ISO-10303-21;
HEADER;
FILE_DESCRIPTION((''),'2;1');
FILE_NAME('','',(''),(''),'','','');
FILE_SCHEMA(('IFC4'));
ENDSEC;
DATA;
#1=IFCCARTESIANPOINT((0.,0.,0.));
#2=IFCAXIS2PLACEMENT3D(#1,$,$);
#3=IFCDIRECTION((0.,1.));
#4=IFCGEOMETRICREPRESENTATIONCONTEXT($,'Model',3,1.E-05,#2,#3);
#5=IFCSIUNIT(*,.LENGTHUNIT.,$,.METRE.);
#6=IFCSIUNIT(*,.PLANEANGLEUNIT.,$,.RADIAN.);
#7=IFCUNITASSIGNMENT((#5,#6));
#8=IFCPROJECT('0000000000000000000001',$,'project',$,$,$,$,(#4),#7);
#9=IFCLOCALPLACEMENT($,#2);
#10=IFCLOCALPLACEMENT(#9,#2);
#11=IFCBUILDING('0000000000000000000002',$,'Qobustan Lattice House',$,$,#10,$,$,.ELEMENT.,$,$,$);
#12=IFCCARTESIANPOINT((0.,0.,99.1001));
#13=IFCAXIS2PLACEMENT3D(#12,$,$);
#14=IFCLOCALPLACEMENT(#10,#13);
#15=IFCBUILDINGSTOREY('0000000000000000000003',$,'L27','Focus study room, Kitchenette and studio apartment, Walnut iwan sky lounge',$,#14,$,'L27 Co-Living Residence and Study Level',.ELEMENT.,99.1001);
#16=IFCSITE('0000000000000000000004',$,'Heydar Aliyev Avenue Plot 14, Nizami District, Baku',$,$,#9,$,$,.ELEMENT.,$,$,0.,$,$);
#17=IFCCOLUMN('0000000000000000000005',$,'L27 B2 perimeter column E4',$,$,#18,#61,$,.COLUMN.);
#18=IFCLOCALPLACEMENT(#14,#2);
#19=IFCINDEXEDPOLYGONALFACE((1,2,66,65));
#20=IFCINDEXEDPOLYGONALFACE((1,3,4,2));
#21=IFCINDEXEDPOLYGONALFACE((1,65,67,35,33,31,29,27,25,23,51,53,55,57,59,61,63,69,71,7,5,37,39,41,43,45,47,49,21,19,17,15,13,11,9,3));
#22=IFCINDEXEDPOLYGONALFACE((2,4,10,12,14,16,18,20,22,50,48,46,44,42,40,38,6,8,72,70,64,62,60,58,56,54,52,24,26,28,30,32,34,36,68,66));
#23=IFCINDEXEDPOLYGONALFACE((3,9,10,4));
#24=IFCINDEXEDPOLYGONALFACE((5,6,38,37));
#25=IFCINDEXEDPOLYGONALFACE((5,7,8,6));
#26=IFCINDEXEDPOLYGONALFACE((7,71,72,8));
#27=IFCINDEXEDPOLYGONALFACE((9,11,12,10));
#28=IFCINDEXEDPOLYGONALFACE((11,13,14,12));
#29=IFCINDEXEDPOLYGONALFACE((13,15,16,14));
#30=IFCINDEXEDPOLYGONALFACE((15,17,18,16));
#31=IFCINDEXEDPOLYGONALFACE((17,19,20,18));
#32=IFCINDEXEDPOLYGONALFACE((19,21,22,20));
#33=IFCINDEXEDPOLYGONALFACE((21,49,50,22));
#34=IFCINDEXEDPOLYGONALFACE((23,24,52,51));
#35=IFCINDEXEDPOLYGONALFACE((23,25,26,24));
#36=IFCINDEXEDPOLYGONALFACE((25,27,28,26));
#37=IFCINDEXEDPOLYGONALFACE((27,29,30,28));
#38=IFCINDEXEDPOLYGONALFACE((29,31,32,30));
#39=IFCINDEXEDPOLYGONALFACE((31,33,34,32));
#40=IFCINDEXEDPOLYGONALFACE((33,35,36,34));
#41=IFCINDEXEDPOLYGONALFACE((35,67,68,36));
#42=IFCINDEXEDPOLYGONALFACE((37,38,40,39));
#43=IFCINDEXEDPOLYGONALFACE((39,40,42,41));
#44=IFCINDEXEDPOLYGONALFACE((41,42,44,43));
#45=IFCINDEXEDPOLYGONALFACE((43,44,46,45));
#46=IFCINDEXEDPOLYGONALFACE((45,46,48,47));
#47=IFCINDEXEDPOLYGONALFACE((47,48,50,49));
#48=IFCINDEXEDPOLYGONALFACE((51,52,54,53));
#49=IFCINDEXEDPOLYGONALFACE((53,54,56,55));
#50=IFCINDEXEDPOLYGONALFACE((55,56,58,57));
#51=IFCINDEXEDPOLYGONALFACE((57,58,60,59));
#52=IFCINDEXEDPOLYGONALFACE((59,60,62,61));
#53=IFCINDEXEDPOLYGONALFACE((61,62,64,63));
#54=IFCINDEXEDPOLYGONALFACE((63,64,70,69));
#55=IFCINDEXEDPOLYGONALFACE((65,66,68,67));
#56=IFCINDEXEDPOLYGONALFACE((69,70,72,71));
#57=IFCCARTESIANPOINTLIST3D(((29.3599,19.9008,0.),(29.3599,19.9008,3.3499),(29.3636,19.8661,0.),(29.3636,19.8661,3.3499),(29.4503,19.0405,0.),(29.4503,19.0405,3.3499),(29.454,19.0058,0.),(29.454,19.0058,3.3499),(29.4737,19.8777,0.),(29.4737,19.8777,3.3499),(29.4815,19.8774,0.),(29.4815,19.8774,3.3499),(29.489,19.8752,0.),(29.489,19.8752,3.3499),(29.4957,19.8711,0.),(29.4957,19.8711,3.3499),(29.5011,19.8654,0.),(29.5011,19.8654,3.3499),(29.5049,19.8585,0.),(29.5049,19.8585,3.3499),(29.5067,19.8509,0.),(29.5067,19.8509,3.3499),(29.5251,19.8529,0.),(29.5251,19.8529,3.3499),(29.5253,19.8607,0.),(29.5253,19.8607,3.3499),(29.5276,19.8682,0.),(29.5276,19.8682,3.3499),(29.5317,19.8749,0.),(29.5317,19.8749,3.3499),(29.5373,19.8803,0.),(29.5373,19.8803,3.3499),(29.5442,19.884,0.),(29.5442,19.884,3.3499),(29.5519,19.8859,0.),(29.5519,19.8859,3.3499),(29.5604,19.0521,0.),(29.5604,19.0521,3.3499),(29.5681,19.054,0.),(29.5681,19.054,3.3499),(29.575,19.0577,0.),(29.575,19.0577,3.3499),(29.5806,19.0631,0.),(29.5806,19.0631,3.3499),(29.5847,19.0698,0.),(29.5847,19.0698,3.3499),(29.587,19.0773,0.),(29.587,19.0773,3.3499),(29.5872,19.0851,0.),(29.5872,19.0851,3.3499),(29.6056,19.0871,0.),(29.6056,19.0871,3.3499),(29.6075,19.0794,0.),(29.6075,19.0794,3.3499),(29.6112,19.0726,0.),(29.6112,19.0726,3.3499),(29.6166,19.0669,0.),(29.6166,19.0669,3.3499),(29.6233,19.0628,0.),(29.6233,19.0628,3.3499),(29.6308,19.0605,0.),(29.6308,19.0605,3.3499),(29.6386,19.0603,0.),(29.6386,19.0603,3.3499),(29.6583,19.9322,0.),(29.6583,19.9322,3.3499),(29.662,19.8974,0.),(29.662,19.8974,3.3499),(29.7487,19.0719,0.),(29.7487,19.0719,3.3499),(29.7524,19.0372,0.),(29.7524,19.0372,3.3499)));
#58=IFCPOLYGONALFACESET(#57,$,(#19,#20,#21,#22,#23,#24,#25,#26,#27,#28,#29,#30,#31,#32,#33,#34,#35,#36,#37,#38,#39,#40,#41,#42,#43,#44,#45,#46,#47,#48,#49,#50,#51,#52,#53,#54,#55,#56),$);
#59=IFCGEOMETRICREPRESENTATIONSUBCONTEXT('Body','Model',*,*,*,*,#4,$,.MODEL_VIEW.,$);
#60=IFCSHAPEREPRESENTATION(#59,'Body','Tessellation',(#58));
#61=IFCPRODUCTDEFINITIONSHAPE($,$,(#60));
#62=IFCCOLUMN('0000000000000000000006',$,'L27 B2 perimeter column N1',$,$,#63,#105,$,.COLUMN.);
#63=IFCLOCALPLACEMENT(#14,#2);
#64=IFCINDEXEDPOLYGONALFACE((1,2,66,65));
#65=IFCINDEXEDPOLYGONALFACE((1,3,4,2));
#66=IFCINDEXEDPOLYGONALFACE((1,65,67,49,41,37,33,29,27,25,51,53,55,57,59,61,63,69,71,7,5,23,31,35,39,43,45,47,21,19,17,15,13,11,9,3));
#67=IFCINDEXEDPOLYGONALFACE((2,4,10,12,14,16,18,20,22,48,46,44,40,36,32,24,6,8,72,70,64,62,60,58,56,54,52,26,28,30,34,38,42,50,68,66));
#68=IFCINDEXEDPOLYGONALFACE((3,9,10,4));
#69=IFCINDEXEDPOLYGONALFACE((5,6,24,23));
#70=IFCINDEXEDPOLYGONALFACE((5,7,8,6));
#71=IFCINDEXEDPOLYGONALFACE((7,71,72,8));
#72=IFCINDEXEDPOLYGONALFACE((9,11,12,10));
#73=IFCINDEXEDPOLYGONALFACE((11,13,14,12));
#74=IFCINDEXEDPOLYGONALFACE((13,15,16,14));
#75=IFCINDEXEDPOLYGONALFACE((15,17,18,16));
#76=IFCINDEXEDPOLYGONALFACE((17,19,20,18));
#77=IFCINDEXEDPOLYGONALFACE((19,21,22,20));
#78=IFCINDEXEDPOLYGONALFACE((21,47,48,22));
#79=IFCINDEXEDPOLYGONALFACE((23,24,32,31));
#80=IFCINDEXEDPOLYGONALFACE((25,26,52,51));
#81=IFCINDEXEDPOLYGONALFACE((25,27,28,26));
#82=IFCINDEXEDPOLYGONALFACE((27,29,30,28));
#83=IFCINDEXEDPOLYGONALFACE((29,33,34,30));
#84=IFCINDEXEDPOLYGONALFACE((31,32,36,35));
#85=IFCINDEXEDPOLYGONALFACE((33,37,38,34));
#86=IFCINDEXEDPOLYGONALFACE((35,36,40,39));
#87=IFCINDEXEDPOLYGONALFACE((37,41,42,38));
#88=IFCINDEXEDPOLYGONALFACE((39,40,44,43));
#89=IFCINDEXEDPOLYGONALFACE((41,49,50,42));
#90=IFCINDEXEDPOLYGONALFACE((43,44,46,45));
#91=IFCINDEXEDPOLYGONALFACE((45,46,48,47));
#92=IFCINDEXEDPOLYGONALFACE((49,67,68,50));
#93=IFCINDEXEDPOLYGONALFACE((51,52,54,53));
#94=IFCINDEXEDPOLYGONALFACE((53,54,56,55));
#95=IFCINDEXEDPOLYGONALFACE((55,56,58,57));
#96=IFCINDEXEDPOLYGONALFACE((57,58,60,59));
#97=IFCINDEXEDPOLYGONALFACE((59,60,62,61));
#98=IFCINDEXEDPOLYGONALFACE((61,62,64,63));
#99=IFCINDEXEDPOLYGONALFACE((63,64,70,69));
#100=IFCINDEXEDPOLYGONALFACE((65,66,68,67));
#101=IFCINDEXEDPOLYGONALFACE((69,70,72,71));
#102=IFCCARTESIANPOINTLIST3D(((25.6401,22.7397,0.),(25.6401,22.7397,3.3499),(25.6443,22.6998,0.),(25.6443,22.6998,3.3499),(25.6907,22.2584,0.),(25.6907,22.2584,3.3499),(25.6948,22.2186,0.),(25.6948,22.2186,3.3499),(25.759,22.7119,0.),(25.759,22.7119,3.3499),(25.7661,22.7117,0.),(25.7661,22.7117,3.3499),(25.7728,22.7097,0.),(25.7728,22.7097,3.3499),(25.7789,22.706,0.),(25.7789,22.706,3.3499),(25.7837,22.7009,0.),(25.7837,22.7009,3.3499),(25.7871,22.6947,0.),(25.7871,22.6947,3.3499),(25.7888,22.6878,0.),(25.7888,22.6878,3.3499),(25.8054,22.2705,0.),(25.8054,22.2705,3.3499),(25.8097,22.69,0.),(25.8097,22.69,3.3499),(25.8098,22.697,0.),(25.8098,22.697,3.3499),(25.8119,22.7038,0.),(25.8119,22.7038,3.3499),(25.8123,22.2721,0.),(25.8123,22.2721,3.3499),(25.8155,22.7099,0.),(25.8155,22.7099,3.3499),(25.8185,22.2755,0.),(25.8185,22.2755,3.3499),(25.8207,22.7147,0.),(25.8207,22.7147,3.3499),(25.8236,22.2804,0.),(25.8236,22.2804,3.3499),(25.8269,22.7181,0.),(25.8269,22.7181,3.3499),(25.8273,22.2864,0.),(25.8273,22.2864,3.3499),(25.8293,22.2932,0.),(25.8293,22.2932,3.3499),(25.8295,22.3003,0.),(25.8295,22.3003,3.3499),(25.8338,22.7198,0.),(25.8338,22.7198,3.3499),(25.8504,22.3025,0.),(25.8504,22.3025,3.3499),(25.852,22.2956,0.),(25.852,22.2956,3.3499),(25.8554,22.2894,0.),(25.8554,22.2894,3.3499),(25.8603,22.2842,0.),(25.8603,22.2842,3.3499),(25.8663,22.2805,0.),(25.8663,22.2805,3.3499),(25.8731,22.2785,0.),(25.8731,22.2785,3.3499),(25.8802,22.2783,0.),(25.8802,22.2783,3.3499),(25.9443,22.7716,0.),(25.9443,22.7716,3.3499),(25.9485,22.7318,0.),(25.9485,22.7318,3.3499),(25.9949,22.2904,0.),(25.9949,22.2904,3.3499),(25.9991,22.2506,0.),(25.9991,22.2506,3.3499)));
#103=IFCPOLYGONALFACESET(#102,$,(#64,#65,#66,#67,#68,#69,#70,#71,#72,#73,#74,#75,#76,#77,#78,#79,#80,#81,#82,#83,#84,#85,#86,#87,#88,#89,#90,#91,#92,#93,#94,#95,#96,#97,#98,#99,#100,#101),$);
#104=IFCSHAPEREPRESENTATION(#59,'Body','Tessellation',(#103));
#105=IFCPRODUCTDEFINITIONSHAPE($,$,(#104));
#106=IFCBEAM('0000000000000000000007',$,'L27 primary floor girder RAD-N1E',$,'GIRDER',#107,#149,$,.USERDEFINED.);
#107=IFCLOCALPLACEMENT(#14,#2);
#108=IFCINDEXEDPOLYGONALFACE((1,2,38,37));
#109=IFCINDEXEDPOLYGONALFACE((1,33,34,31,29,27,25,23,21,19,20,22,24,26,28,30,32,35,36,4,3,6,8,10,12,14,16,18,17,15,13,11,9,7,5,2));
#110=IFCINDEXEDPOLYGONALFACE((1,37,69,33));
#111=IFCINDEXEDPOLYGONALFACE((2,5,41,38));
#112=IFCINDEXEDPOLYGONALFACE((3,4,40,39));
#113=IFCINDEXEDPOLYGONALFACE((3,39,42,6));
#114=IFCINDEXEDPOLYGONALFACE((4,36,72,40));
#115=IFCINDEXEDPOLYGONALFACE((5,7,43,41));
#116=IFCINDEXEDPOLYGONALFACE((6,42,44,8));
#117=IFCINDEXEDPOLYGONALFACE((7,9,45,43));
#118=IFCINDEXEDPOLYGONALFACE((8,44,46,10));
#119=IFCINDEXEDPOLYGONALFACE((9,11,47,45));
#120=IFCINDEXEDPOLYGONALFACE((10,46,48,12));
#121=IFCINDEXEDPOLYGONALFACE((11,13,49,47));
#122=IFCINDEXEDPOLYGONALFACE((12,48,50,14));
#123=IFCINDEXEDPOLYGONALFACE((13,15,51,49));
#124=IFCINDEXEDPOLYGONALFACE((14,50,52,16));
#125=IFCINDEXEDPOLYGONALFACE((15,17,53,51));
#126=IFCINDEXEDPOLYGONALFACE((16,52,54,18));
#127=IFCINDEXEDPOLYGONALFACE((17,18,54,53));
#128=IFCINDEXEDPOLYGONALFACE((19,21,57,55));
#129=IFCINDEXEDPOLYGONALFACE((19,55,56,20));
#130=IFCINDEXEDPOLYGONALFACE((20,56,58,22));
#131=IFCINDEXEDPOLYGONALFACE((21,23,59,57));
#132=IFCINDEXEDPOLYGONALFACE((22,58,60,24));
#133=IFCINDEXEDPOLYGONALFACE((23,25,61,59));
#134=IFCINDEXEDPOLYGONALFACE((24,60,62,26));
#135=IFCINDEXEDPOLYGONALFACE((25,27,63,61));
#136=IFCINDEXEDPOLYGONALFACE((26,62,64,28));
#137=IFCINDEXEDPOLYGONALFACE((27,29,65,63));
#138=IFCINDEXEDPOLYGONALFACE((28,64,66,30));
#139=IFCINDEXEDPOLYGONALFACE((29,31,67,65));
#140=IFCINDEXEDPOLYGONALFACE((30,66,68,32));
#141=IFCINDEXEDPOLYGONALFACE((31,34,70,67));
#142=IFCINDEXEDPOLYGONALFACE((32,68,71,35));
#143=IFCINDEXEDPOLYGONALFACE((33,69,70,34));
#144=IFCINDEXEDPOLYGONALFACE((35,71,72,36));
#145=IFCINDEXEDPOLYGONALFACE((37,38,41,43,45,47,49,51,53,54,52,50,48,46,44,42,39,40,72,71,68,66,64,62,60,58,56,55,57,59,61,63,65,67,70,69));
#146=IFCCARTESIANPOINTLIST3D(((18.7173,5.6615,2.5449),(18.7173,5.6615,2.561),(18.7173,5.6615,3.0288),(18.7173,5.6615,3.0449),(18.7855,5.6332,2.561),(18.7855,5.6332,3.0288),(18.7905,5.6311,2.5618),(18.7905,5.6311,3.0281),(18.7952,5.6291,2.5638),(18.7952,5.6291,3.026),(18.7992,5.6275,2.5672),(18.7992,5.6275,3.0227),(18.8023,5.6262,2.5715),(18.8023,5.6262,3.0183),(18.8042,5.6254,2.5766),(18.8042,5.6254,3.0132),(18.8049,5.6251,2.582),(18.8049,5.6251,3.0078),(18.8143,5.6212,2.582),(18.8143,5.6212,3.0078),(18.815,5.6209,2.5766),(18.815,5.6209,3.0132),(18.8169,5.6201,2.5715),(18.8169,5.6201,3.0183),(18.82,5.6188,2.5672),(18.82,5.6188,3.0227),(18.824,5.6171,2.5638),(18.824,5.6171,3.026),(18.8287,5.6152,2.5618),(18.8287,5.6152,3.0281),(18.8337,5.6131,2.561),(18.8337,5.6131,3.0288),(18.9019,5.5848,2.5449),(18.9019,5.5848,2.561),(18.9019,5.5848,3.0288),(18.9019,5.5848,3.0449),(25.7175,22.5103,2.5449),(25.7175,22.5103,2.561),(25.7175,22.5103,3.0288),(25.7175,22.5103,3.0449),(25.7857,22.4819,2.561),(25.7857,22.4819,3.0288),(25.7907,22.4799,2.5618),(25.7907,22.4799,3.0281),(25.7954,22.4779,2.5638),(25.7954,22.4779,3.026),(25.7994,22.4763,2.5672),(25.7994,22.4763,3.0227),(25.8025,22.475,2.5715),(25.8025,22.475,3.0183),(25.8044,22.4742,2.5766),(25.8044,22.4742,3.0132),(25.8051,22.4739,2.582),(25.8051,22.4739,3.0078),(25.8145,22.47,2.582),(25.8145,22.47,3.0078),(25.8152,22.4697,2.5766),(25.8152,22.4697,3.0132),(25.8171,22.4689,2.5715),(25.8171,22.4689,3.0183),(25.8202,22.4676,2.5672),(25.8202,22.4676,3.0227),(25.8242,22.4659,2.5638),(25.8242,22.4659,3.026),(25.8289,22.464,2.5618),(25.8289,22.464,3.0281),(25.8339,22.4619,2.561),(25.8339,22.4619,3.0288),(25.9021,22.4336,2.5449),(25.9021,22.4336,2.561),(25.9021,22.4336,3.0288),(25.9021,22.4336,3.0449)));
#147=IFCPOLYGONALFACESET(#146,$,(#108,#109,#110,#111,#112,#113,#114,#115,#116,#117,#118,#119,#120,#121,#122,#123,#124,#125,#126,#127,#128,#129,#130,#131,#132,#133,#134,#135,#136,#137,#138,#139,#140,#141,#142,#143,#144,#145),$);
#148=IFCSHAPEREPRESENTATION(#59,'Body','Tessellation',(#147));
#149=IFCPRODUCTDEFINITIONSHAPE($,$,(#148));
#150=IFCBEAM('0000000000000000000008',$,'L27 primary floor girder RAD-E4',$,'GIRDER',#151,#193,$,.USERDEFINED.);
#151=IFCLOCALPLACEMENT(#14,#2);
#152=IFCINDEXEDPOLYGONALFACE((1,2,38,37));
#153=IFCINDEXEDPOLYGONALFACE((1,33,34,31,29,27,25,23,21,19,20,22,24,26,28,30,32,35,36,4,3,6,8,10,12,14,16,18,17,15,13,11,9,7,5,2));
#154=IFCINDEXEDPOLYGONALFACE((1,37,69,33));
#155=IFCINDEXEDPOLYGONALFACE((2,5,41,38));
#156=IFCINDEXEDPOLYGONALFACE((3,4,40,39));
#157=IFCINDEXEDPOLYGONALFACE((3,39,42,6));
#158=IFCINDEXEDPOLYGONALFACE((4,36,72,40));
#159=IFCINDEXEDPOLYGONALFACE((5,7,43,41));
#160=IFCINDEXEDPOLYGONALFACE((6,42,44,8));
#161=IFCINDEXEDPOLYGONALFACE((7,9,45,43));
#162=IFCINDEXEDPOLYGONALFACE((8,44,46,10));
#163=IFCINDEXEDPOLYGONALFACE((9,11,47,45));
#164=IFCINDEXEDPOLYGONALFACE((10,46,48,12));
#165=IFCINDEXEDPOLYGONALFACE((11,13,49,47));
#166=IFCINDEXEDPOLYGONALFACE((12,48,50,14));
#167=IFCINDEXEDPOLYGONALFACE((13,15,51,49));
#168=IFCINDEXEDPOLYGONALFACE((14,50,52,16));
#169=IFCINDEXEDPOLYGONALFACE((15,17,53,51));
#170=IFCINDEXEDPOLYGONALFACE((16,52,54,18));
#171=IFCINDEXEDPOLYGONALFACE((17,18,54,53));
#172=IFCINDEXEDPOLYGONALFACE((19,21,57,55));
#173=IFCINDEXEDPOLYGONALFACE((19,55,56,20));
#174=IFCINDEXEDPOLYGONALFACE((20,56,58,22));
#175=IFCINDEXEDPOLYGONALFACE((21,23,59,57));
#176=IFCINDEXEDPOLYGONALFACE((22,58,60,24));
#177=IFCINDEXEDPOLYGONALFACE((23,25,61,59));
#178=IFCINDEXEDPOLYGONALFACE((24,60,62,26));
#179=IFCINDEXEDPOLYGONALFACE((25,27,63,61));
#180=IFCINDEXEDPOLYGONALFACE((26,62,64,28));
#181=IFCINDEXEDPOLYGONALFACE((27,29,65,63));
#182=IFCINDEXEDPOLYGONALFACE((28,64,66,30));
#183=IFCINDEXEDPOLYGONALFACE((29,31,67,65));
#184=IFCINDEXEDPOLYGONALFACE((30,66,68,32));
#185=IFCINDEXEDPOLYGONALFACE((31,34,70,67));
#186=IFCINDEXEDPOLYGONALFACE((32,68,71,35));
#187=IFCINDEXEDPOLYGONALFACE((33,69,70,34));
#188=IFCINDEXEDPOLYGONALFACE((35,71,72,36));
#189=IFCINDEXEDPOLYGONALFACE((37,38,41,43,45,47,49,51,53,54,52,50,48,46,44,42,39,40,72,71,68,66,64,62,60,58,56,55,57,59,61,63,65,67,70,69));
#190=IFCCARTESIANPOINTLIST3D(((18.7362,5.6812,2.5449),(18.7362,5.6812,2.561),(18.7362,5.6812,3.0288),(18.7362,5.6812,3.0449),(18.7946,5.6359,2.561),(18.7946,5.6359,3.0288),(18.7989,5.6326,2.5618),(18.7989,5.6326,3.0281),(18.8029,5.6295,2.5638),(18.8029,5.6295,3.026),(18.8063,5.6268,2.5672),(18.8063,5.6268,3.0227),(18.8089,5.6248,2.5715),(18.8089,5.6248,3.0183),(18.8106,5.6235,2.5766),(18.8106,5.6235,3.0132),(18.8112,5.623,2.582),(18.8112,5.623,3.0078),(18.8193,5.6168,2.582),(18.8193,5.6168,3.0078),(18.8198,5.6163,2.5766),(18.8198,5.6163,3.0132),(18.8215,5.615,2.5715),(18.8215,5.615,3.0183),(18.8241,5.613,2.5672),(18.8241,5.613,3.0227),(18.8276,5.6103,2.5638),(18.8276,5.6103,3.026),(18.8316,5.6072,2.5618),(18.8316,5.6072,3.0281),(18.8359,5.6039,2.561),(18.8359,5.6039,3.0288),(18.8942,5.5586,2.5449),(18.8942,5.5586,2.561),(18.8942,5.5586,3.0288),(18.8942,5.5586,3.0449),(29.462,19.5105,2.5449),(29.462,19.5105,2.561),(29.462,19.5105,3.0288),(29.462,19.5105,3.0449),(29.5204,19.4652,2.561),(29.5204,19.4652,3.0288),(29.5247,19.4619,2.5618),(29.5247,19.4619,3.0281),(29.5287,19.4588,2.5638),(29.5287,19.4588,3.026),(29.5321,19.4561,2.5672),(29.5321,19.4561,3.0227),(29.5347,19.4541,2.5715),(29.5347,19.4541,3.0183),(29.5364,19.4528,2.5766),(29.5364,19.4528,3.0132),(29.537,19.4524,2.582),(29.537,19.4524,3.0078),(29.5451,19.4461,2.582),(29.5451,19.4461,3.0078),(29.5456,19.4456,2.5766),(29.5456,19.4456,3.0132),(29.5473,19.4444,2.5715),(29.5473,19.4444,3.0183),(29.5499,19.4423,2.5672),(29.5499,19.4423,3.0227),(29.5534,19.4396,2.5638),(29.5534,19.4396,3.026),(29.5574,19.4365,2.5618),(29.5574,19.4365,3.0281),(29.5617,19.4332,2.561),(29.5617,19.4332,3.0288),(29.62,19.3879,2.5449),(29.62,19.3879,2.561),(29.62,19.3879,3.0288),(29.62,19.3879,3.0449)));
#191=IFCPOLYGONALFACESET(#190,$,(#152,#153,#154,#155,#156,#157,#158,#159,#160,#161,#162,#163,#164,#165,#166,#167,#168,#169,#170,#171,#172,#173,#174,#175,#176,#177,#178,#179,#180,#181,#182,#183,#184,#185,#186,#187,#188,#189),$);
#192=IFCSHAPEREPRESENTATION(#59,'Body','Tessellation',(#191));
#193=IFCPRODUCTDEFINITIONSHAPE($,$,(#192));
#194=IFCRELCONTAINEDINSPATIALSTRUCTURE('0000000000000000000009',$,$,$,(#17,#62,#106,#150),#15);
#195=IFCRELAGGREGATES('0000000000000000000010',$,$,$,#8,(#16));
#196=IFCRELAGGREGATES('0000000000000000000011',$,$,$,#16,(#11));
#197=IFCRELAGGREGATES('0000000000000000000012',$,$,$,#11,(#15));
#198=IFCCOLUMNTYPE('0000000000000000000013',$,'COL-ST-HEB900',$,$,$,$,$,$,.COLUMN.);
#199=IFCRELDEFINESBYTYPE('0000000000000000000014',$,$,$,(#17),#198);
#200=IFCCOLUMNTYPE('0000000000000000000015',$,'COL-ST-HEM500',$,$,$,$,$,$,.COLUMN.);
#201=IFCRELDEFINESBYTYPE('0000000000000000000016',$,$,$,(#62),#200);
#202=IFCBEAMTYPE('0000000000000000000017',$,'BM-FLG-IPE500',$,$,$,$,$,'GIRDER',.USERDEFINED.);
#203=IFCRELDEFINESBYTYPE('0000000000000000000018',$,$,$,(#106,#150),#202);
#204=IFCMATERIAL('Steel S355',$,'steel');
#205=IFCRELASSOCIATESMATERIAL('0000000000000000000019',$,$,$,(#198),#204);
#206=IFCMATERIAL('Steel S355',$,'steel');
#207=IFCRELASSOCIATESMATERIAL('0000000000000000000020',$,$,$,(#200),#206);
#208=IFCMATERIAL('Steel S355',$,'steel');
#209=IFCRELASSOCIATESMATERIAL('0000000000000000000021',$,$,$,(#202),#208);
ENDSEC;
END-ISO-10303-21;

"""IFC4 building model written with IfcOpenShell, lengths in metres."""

from ifc_helpers import new_model, si_unit, direction, frame, origin, origin_2d, place, context, subcontext, project, spatial, i_section, extrude, material, material_profile, profile_set, type_object, element, save


model = new_model("IFC4")

# Units and contexts
model_context = context("Model", 3, precision=1e-05, world=origin(), true_north=direction((0.0, 1.0)))
body_context = subcontext(model_context, "Body", "Model", "MODEL_VIEW")
ifc_project = project(units=[si_unit("LENGTHUNIT", "METRE"), si_unit("PLANEANGLEUNIT", "RADIAN")], contexts=[model_context])

# Site, building, storey
site_placement = place(None, origin())
site = spatial("IfcSite", under=ifc_project, at=site_placement, Name="Heydar Aliyev Avenue Plot 14, Nizami District, Baku", CompositionType="ELEMENT", RefElevation=0.0)
building_placement = place(site_placement, origin())
building = spatial("IfcBuilding", under=site, at=building_placement, Name="Qobustan Lattice House", CompositionType="ELEMENT")
storey_placement = place(building_placement, frame((0.0, 0.0, 99.1001)))
storey = spatial("IfcBuildingStorey", under=building, at=storey_placement, Name="L27", Description="Focus study room, Kitchenette and studio apartment, Walnut iwan sky lounge", LongName="L27 Co-Living Residence and Study Level", CompositionType="ELEMENT", Elevation=99.1001)

# Columns
ifc_material_1 = material(Name="Steel S355", Category="steel")
ifc_material_profile_1 = material_profile(ifc_material_1, i_section(OverallWidth=0.3, OverallDepth=0.8999, WebThickness=0.0186, FlangeThickness=0.0349, FilletRadius=0.03, at=origin_2d()), Name="HEB900")
ifc_profile_set_1 = profile_set([ifc_material_profile_1], Name="Steel S355")
column_type_1 = type_object("IfcColumnType", Name="COL-ST-HEB900", PredefinedType="COLUMN", material=ifc_profile_set_1)
column_1_placement = place(storey_placement, frame((29.5562, 19.469, 0.0), z_axis=(0.0, 0.0, 1.0), x_axis=(0.994522, 0.104528, 0.0)))
element("IfcColumn", 1, at=column_1_placement, inside=storey, type_object=column_type_1, Name="L27 B2 perimeter column E4", PredefinedType="COLUMN", context=body_context, shape_type="SweptSolid", body=[
    extrude(i_section(OverallWidth=0.3, OverallDepth=0.8999, WebThickness=0.0186, FlangeThickness=0.0349, FilletRadius=0.03, at=origin_2d()), origin(), (0.0, 0.0, 1.0), 3.3499),
])
ifc_material_2 = material(Name="Steel S355", Category="steel")
ifc_material_profile_2 = material_profile(ifc_material_2, i_section(OverallWidth=0.3059, OverallDepth=0.5239, WebThickness=0.021, FlangeThickness=0.04, FilletRadius=0.0271, at=origin_2d()), Name="HEM500")
ifc_profile_set_2 = profile_set([ifc_material_profile_2], Name="Steel S355")
column_type_2 = type_object("IfcColumnType", Name="COL-ST-HEM500", PredefinedType="COLUMN", material=ifc_profile_set_2)
column_2_placement = place(storey_placement, frame((25.8196, 22.4951, 0.0), z_axis=(0.0, 0.0, 1.0), x_axis=(0.994522, 0.104528, 0.0)))
element("IfcColumn", 2, at=column_2_placement, inside=storey, type_object=column_type_2, Name="L27 B2 perimeter column N1", PredefinedType="COLUMN", context=body_context, shape_type="SweptSolid", body=[
    extrude(i_section(OverallWidth=0.3059, OverallDepth=0.5239, WebThickness=0.021, FlangeThickness=0.04, FilletRadius=0.0271, at=origin_2d()), origin(), (0.0, 0.0, 1.0), 3.3499),
])

# Beams
ifc_material_3 = material(Name="Steel S355", Category="steel")
ifc_material_profile_3 = material_profile(ifc_material_3, i_section(OverallWidth=0.2, OverallDepth=0.5, WebThickness=0.0103, FlangeThickness=0.0161, FilletRadius=0.021, at=origin_2d()), Name="IPE500")
ifc_profile_set_3 = profile_set([ifc_material_profile_3], Name="Steel S355")
beam_type_1 = type_object("IfcBeamType", Name="BM-FLG-IPE500", ElementType="GIRDER", PredefinedType="USERDEFINED", material=ifc_profile_set_3)
beam_1_placement = place(storey_placement, frame((25.8098, 22.4719, 2.7949), z_axis=(-0.383676, -0.923468, 0.0), x_axis=(0.923468, -0.383676, 0.0)))
element("IfcBeam", 3, at=beam_1_placement, inside=storey, type_object=beam_type_1, Name="L27 primary floor girder RAD-N1E", ObjectType="GIRDER", PredefinedType="USERDEFINED", context=body_context, shape_type="SweptSolid", body=[
    extrude(i_section(OverallWidth=0.2, OverallDepth=0.5, WebThickness=0.0103, FlangeThickness=0.0161, FilletRadius=0.021, at=origin_2d()), origin(), (0.0, 0.0, 1.0), 18.2451),
])
beam_2_placement = place(storey_placement, frame((29.541, 19.4492, 2.7949), z_axis=(-0.61286, -0.790191, 0.0), x_axis=(0.790191, -0.61286, 0.0)))
element("IfcBeam", 4, at=beam_2_placement, inside=storey, type_object=beam_type_1, Name="L27 primary floor girder RAD-E4", ObjectType="GIRDER", PredefinedType="USERDEFINED", context=body_context, shape_type="SweptSolid", body=[
    extrude(i_section(OverallWidth=0.2, OverallDepth=0.5, WebThickness=0.0103, FlangeThickness=0.0161, FilletRadius=0.021, at=origin_2d()), origin(), (0.0, 0.0, 1.0), 17.5012),
])

save(model, "model.ifc")
